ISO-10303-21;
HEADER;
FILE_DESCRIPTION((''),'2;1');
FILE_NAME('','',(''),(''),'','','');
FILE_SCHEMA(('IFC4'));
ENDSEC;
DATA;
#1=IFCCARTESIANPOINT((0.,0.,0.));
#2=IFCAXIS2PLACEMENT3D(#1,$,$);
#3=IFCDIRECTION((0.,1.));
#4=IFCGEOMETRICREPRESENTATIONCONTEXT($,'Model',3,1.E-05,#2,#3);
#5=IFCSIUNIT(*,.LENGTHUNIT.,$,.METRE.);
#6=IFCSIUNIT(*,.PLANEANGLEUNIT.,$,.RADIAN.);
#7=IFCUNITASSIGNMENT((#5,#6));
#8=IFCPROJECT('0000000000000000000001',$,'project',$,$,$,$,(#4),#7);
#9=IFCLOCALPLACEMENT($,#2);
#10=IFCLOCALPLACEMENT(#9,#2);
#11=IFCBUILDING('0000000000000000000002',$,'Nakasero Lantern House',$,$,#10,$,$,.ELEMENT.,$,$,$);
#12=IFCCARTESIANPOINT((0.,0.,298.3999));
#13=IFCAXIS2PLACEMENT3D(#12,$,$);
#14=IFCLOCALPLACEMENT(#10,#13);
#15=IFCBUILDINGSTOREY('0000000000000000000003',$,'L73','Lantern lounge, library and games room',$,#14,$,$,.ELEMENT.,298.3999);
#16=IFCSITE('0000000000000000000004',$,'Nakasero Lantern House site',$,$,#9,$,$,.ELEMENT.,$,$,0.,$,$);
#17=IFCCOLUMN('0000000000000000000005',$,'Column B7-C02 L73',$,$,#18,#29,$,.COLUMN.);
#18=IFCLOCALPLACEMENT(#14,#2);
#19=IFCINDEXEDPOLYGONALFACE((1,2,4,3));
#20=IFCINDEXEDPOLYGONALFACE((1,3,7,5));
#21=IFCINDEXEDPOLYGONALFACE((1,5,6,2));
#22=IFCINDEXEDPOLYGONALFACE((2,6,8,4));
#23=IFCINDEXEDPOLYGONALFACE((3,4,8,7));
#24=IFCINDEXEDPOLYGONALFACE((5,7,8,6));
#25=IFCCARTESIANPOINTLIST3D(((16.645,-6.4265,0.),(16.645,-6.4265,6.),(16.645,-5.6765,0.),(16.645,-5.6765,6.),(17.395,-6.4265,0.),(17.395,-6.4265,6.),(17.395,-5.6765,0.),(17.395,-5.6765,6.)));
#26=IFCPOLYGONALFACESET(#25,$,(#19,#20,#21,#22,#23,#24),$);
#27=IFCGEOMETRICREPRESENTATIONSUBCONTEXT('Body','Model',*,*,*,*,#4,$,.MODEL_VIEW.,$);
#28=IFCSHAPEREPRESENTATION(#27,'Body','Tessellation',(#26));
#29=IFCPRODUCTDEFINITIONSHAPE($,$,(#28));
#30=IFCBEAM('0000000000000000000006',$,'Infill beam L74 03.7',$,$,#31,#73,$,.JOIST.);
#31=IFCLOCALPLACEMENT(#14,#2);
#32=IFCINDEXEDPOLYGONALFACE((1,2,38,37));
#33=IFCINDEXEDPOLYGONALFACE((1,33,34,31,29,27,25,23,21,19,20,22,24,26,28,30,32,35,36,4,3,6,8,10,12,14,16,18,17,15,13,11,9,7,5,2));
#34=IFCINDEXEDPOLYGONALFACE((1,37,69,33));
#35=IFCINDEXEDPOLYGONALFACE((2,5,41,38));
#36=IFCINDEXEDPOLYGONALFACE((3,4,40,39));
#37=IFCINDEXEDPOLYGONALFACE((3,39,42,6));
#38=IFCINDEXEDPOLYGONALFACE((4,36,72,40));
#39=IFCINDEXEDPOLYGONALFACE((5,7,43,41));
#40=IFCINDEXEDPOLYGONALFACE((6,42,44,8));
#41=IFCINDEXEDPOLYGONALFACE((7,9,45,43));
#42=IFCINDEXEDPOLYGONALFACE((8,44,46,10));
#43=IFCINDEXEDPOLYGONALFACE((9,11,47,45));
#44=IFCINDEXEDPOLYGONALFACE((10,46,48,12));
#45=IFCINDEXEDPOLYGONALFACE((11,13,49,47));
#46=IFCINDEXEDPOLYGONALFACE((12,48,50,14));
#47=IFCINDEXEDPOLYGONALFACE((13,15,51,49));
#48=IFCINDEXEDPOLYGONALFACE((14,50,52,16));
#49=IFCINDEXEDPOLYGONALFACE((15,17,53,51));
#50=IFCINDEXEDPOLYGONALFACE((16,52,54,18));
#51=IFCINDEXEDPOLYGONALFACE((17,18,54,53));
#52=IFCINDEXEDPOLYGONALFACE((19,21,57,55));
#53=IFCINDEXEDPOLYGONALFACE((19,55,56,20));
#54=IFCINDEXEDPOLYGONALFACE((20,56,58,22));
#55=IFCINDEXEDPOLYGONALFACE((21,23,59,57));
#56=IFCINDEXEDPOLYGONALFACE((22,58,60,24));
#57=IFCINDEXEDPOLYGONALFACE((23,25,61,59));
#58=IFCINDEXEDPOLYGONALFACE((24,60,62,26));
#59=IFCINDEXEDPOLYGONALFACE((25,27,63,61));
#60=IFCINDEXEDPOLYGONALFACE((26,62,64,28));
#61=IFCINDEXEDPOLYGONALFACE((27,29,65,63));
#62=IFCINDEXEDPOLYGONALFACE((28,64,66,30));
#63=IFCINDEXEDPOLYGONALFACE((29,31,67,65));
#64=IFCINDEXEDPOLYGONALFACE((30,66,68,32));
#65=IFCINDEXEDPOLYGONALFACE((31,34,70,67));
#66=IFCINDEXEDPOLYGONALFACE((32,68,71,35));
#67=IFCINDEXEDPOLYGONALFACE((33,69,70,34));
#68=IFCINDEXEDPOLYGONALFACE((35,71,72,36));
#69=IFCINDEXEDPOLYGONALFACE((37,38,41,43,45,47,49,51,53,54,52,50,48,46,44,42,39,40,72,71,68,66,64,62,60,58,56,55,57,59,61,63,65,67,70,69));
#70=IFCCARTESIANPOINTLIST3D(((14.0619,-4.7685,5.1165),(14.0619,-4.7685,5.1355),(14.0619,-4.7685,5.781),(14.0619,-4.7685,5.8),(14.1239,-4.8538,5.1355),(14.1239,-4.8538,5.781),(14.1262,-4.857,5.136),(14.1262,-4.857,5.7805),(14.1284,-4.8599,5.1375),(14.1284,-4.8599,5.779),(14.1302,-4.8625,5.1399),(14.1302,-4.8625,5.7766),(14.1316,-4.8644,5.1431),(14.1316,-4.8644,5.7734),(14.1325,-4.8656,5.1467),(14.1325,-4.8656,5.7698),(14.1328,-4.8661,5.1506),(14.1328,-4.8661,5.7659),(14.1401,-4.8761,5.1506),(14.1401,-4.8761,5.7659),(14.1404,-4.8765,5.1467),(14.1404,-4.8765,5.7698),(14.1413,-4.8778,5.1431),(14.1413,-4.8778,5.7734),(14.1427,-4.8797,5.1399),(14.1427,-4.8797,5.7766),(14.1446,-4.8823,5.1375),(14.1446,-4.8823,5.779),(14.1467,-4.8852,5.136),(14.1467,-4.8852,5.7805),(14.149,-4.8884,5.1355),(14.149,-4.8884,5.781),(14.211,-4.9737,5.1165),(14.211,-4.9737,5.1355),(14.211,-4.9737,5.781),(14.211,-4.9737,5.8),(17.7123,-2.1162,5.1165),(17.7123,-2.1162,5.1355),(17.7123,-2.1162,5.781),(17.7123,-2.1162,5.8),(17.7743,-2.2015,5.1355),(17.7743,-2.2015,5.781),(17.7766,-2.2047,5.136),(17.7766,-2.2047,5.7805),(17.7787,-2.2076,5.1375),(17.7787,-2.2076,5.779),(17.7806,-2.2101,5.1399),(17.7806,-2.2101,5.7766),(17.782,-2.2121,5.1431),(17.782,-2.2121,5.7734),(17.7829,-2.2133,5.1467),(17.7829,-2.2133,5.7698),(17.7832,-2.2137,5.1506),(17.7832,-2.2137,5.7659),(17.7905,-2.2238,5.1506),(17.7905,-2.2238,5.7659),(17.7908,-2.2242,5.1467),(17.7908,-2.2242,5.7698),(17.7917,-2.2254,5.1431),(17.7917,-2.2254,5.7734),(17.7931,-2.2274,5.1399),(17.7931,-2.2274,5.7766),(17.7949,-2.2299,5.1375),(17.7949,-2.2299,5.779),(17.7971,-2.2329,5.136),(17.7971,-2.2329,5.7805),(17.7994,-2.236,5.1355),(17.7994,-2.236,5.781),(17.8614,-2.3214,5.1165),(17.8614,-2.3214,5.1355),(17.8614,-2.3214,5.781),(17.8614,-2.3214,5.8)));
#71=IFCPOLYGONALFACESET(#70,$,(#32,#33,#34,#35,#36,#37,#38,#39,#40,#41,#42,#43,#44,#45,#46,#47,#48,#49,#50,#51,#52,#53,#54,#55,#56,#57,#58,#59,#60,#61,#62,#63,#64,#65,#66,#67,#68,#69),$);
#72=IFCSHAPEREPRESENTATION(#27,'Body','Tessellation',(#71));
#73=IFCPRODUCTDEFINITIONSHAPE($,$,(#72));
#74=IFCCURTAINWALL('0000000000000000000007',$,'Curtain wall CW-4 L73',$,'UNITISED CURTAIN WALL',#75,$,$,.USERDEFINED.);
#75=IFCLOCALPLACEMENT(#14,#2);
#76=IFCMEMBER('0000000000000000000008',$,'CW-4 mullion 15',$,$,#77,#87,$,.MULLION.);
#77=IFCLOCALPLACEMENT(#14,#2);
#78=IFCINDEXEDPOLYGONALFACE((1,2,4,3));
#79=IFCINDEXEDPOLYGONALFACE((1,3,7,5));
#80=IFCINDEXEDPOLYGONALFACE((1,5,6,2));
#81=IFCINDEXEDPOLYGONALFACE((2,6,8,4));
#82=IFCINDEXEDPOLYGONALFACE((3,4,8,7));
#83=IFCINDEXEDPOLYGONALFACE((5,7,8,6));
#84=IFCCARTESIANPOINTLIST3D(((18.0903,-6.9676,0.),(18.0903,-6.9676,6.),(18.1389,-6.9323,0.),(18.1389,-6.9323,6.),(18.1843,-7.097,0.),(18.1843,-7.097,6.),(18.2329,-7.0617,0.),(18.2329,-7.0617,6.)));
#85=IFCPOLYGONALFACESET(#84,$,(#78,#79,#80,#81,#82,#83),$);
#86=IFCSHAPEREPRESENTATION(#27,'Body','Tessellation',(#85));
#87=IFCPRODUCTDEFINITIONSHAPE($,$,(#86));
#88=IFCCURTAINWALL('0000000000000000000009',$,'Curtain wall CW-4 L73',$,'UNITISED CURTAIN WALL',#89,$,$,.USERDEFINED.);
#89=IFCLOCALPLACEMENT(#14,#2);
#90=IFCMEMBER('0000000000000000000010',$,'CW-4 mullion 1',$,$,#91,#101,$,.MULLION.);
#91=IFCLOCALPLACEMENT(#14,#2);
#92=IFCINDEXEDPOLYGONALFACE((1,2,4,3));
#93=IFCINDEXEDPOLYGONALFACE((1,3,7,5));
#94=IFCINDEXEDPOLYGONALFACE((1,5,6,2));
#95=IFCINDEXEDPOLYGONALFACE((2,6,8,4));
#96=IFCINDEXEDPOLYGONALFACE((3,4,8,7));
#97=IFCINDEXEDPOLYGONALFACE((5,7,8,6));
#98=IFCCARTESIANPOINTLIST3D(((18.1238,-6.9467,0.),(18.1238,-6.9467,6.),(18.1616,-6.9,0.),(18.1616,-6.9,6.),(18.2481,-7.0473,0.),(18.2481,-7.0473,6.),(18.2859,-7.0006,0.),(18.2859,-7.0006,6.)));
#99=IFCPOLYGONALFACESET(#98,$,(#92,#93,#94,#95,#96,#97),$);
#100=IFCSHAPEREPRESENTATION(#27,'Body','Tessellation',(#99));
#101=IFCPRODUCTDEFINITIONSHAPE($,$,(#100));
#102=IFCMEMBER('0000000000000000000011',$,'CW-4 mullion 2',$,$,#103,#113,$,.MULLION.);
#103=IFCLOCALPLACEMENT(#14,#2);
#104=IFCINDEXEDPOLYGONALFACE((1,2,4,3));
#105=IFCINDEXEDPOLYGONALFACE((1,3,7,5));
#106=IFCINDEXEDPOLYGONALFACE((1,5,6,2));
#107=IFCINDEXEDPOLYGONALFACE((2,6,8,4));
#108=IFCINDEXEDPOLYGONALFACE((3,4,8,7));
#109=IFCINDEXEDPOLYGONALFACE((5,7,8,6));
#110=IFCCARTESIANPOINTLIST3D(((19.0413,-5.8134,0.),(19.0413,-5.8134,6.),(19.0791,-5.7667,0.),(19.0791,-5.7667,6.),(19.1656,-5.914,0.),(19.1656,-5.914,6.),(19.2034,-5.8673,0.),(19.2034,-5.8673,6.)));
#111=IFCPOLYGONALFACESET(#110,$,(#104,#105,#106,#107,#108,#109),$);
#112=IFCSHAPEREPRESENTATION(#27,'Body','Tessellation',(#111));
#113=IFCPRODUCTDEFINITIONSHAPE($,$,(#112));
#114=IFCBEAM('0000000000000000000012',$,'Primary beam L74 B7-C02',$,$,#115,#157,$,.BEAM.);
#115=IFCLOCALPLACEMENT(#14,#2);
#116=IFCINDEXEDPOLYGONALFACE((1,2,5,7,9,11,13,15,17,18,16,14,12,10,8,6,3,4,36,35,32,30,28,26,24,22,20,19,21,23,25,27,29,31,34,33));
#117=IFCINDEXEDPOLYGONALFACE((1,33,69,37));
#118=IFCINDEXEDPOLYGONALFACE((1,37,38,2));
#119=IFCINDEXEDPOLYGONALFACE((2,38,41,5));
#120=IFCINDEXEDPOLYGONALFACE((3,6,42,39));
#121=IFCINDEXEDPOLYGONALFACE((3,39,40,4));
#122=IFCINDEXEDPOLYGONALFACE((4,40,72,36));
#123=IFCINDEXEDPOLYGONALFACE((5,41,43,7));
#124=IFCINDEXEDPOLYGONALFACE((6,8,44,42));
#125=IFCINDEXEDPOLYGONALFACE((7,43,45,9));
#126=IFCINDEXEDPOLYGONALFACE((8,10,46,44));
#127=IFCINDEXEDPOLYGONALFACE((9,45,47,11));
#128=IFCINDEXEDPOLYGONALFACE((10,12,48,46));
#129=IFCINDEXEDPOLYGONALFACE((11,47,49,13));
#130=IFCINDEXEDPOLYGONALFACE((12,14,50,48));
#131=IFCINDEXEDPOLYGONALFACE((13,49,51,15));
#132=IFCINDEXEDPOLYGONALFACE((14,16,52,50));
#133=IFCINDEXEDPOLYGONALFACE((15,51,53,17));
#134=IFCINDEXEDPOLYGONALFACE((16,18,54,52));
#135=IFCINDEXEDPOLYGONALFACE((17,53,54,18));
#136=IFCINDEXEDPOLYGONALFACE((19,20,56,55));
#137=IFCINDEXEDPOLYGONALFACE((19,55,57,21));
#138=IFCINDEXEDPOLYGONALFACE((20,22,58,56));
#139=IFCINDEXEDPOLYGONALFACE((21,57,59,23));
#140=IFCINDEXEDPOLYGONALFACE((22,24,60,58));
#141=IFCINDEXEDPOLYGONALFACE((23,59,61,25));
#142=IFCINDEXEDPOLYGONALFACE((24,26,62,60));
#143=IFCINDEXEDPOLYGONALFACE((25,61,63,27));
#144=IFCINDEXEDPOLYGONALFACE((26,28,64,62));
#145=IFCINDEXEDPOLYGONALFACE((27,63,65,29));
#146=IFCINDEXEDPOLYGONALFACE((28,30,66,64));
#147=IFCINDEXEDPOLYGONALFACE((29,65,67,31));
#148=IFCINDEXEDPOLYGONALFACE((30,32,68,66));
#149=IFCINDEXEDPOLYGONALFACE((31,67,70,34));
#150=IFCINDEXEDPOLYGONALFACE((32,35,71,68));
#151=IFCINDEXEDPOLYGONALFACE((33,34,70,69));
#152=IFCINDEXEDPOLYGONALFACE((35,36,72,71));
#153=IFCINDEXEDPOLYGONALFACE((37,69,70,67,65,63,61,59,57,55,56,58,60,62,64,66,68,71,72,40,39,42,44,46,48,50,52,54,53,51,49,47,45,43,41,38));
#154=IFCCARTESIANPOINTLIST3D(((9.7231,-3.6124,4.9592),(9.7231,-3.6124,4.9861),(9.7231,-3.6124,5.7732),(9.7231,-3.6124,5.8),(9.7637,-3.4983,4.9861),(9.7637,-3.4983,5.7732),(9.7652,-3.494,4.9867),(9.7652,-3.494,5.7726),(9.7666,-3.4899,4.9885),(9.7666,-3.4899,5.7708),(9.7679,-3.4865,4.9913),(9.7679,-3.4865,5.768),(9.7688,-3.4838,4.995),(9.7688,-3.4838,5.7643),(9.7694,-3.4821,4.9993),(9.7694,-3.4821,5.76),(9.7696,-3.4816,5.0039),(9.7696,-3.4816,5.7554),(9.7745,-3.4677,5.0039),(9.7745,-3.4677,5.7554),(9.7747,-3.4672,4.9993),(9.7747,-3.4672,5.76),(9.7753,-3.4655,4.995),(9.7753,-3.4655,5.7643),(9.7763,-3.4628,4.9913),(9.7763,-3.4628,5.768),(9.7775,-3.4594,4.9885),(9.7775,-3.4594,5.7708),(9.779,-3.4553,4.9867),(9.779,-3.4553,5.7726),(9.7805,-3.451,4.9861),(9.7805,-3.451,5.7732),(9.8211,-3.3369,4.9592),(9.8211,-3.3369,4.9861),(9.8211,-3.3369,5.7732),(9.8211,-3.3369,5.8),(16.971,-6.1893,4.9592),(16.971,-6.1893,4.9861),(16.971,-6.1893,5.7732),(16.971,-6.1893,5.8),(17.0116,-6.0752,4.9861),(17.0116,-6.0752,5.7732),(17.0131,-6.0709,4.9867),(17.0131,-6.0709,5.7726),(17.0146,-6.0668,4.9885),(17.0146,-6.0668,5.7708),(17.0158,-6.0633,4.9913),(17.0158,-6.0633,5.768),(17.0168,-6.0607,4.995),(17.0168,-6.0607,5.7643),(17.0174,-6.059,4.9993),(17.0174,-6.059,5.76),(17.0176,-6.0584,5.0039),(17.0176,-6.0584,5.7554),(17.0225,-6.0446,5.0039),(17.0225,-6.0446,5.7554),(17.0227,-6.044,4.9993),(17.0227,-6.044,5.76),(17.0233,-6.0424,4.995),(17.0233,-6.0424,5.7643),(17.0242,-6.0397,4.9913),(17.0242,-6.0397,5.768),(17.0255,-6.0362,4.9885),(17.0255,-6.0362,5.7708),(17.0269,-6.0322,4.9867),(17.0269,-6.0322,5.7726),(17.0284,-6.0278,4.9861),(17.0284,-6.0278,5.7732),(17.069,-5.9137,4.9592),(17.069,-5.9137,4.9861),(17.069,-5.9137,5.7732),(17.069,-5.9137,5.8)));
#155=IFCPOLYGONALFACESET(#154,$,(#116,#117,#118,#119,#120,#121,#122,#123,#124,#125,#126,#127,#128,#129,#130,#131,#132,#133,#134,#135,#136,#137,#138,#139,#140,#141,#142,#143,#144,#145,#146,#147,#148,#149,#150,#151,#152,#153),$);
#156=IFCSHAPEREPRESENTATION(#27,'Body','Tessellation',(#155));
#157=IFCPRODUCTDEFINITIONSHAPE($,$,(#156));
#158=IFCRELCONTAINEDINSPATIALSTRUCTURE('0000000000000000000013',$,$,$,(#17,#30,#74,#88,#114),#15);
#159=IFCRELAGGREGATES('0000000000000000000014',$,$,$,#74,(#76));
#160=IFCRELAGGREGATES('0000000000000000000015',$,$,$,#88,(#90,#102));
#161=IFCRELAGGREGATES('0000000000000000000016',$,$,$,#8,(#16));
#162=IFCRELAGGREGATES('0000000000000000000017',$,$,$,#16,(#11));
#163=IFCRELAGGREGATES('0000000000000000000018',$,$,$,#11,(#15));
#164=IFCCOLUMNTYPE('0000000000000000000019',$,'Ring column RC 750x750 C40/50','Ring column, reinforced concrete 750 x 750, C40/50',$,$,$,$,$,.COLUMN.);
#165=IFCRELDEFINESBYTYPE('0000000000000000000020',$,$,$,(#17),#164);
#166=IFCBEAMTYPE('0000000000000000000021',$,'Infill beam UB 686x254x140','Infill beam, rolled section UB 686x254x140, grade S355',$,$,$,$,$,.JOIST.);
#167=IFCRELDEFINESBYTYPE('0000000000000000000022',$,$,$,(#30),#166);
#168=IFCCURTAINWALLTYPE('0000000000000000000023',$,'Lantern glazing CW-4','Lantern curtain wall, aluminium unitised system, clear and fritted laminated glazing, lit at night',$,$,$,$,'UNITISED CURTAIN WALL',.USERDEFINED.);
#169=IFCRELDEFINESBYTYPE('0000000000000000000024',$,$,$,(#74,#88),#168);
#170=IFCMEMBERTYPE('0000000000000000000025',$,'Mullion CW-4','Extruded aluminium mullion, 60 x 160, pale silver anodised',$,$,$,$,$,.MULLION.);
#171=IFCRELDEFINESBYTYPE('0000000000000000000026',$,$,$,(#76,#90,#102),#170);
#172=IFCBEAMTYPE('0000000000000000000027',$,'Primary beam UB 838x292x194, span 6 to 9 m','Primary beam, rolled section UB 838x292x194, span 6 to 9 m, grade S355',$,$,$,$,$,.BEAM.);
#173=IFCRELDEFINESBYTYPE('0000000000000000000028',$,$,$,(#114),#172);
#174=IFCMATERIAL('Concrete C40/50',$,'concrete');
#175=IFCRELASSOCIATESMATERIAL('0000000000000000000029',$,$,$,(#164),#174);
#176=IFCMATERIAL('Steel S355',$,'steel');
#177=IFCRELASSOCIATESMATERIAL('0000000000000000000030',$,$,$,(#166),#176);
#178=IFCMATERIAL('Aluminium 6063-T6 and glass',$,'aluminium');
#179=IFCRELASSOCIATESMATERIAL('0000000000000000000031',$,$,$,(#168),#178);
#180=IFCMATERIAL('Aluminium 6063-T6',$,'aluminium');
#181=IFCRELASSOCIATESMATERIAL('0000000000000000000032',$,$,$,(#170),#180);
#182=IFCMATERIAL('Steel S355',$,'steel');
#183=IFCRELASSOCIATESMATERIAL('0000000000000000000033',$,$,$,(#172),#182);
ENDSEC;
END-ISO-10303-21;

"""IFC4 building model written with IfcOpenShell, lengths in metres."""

from ifc_helpers import new_model, si_unit, direction, frame, origin, origin_2d, place, context, subcontext, project, spatial, rectangle, i_section, extrude, material, material_profile, profile_set, type_object, element, aggregate, save


model = new_model("IFC4")

# Units and contexts
model_context = context("Model", 3, precision=1e-05, world=origin(), true_north=direction((0.0, 1.0)))
body_context = subcontext(model_context, "Body", "Model", "MODEL_VIEW")
ifc_project = project(units=[si_unit("LENGTHUNIT", "METRE"), si_unit("PLANEANGLEUNIT", "RADIAN")], contexts=[model_context])

# Site, building, storey
site_placement = place(None, origin())
site = spatial("IfcSite", under=ifc_project, at=site_placement, Name="Nakasero Lantern House site", CompositionType="ELEMENT", RefElevation=0.0)
building_placement = place(site_placement, origin())
building = spatial("IfcBuilding", under=site, at=building_placement, Name="Nakasero Lantern House", CompositionType="ELEMENT")
storey_placement = place(building_placement, frame((0.0, 0.0, 298.3999)))
storey = spatial("IfcBuildingStorey", under=building, at=storey_placement, Name="L73", Description="Lantern lounge, library and games room", CompositionType="ELEMENT", Elevation=298.3999)

# Column
ifc_material_1 = material(Name="Concrete C40/50", Category="concrete")
ifc_material_profile_1 = material_profile(ifc_material_1, rectangle(XDim=0.75, YDim=0.75, at=origin_2d()), Name="RC 750x750")
ifc_profile_set_1 = profile_set([ifc_material_profile_1], Name="Concrete C40/50")
column_type = type_object("IfcColumnType", Name="Ring column RC 750x750 C40/50", Description="Ring column, reinforced concrete 750 x 750, C40/50", PredefinedType="COLUMN", material=ifc_profile_set_1)
column_placement = place(storey_placement, frame((17.02, -6.0515, 0.0), z_axis=(0.0, 0.0, 1.0), x_axis=(1.0, 0.0, 0.0)))
element("IfcColumn", 1, at=column_placement, inside=storey, type_object=column_type, Name="Column B7-C02 L73", PredefinedType="COLUMN", context=body_context, shape_type="SweptSolid", body=[
    extrude(rectangle(XDim=0.75, YDim=0.75, at=origin_2d()), origin(), (0.0, 0.0, 1.0), 6.0),
])

# Beam
ifc_material_2 = material(Name="Steel S355", Category="steel")
ifc_material_profile_2 = material_profile(ifc_material_2, i_section(OverallWidth=0.2537, OverallDepth=0.6836, WebThickness=0.0125, FlangeThickness=0.019, FilletRadius=0.0151, at=origin_2d()), Name="UB 686x254x140")
ifc_profile_set_2 = profile_set([ifc_material_profile_2], Name="Steel S355")
beam_type_1 = type_object("IfcBeamType", Name="Infill beam UB 686x254x140", Description="Infill beam, rolled section UB 686x254x140, grade S355", PredefinedType="JOIST", material=ifc_profile_set_2)
beam_1_placement = place(storey_placement, frame((14.1365, -4.8711, 5.4583), z_axis=(0.808998, 0.587811, 0.0), x_axis=(-0.587811, 0.808998, 0.0)))
element("IfcBeam", 2, at=beam_1_placement, inside=storey, type_object=beam_type_1, Name="Infill beam L74 03.7", PredefinedType="JOIST", context=body_context, shape_type="SweptSolid", body=[
    extrude(i_section(OverallWidth=0.2537, OverallDepth=0.6836, WebThickness=0.0125, FlangeThickness=0.019, FilletRadius=0.0151, at=origin_2d()), origin(), (0.0, 0.0, 1.0), 4.5122),
])

# Curtain wall, member
ifc_material_3 = material(Name="Aluminium 6063-T6 and glass", Category="aluminium")
curtain_wall_type = type_object("IfcCurtainWallType", Name="Lantern glazing CW-4", Description="Lantern curtain wall, aluminium unitised system, clear and fritted laminated glazing, lit at night", ElementType="UNITISED CURTAIN WALL", PredefinedType="USERDEFINED", material=ifc_material_3)
curtain_wall_1_placement = place(storey_placement, origin())
curtain_wall_1 = element("IfcCurtainWall", 3, at=curtain_wall_1_placement, inside=storey, type_object=curtain_wall_type, Name="Curtain wall CW-4 L73", ObjectType="UNITISED CURTAIN WALL", PredefinedType="USERDEFINED")
ifc_material_4 = material(Name="Aluminium 6063-T6", Category="aluminium")
ifc_material_profile_3 = material_profile(ifc_material_4, rectangle(XDim=0.0601, YDim=0.1599, at=origin_2d()), Name="CW-4 mullion 60x160")
ifc_profile_set_3 = profile_set([ifc_material_profile_3], Name="Aluminium 6063-T6")
member_type_1 = type_object("IfcMemberType", Name="Mullion CW-4", Description="Extruded aluminium mullion, 60 x 160, pale silver anodised", PredefinedType="MULLION", material=ifc_profile_set_3)
member_1_placement = place(storey_placement, frame((18.1616, -7.0146, 0.0), z_axis=(0.0, 0.0, 1.0), x_axis=(0.809017, 0.587785, 0.0)))
member_1 = element("IfcMember", 4, at=member_1_placement, type_object=member_type_1, Name="CW-4 mullion 15", PredefinedType="MULLION", context=body_context, shape_type="SweptSolid", body=[
    extrude(rectangle(XDim=0.0601, YDim=0.1599, at=origin_2d()), origin(), (0.0, 0.0, 1.0), 6.0),
])

# Curtain wall, members
curtain_wall_2_placement = place(storey_placement, origin())
curtain_wall_2 = element("IfcCurtainWall", 5, at=curtain_wall_2_placement, inside=storey, type_object=curtain_wall_type, Name="Curtain wall CW-4 L73", ObjectType="UNITISED CURTAIN WALL", PredefinedType="USERDEFINED")
member_2_placement = place(storey_placement, frame((18.2048, -6.9736, 0.0), z_axis=(0.0, 0.0, 1.0), x_axis=(0.62932, 0.777146, 0.0)))
member_2 = element("IfcMember", 6, at=member_2_placement, type_object=member_type_1, Name="CW-4 mullion 1", PredefinedType="MULLION", context=body_context, shape_type="SweptSolid", body=[
    extrude(rectangle(XDim=0.0601, YDim=0.1599, at=origin_2d()), origin(), (0.0, 0.0, 1.0), 6.0),
])
member_3_placement = place(storey_placement, frame((19.1223, -5.8403, 0.0), z_axis=(0.0, 0.0, 1.0), x_axis=(0.62932, 0.777146, 0.0)))
member_3 = element("IfcMember", 7, at=member_3_placement, type_object=member_type_1, Name="CW-4 mullion 2", PredefinedType="MULLION", context=body_context, shape_type="SweptSolid", body=[
    extrude(rectangle(XDim=0.0601, YDim=0.1599, at=origin_2d()), origin(), (0.0, 0.0, 1.0), 6.0),
])

# Beam
ifc_material_5 = material(Name="Steel S355", Category="steel")
ifc_material_profile_4 = material_profile(ifc_material_5, i_section(OverallWidth=0.2925, OverallDepth=0.8408, WebThickness=0.0146, FlangeThickness=0.0269, FilletRadius=0.0178, at=origin_2d()), Name="UB 838x292x194")
ifc_profile_set_4 = profile_set([ifc_material_profile_4], Name="Steel S355")
beam_type_2 = type_object("IfcBeamType", Name="Primary beam UB 838x292x194, span 6 to 9 m", Description="Primary beam, rolled section UB 838x292x194, span 6 to 9 m, grade S355", PredefinedType="BEAM", material=ifc_profile_set_4)
beam_2_placement = place(storey_placement, frame((17.02, -6.0515, 5.3796), z_axis=(-0.942222, 0.334989, 0.0), x_axis=(-0.334989, -0.942222, 0.0)))
element("IfcBeam", 8, at=beam_2_placement, inside=storey, type_object=beam_type_2, Name="Primary beam L74 B7-C02", PredefinedType="BEAM", context=body_context, shape_type="SweptSolid", body=[
    extrude(i_section(OverallWidth=0.2925, OverallDepth=0.8408, WebThickness=0.0146, FlangeThickness=0.0269, FilletRadius=0.0178, at=origin_2d()), origin(), (0.0, 0.0, 1.0), 7.6924),
])

aggregate(curtain_wall_1, [member_1])
aggregate(curtain_wall_2, [member_2, member_3])

save(model, "model.ifc")
